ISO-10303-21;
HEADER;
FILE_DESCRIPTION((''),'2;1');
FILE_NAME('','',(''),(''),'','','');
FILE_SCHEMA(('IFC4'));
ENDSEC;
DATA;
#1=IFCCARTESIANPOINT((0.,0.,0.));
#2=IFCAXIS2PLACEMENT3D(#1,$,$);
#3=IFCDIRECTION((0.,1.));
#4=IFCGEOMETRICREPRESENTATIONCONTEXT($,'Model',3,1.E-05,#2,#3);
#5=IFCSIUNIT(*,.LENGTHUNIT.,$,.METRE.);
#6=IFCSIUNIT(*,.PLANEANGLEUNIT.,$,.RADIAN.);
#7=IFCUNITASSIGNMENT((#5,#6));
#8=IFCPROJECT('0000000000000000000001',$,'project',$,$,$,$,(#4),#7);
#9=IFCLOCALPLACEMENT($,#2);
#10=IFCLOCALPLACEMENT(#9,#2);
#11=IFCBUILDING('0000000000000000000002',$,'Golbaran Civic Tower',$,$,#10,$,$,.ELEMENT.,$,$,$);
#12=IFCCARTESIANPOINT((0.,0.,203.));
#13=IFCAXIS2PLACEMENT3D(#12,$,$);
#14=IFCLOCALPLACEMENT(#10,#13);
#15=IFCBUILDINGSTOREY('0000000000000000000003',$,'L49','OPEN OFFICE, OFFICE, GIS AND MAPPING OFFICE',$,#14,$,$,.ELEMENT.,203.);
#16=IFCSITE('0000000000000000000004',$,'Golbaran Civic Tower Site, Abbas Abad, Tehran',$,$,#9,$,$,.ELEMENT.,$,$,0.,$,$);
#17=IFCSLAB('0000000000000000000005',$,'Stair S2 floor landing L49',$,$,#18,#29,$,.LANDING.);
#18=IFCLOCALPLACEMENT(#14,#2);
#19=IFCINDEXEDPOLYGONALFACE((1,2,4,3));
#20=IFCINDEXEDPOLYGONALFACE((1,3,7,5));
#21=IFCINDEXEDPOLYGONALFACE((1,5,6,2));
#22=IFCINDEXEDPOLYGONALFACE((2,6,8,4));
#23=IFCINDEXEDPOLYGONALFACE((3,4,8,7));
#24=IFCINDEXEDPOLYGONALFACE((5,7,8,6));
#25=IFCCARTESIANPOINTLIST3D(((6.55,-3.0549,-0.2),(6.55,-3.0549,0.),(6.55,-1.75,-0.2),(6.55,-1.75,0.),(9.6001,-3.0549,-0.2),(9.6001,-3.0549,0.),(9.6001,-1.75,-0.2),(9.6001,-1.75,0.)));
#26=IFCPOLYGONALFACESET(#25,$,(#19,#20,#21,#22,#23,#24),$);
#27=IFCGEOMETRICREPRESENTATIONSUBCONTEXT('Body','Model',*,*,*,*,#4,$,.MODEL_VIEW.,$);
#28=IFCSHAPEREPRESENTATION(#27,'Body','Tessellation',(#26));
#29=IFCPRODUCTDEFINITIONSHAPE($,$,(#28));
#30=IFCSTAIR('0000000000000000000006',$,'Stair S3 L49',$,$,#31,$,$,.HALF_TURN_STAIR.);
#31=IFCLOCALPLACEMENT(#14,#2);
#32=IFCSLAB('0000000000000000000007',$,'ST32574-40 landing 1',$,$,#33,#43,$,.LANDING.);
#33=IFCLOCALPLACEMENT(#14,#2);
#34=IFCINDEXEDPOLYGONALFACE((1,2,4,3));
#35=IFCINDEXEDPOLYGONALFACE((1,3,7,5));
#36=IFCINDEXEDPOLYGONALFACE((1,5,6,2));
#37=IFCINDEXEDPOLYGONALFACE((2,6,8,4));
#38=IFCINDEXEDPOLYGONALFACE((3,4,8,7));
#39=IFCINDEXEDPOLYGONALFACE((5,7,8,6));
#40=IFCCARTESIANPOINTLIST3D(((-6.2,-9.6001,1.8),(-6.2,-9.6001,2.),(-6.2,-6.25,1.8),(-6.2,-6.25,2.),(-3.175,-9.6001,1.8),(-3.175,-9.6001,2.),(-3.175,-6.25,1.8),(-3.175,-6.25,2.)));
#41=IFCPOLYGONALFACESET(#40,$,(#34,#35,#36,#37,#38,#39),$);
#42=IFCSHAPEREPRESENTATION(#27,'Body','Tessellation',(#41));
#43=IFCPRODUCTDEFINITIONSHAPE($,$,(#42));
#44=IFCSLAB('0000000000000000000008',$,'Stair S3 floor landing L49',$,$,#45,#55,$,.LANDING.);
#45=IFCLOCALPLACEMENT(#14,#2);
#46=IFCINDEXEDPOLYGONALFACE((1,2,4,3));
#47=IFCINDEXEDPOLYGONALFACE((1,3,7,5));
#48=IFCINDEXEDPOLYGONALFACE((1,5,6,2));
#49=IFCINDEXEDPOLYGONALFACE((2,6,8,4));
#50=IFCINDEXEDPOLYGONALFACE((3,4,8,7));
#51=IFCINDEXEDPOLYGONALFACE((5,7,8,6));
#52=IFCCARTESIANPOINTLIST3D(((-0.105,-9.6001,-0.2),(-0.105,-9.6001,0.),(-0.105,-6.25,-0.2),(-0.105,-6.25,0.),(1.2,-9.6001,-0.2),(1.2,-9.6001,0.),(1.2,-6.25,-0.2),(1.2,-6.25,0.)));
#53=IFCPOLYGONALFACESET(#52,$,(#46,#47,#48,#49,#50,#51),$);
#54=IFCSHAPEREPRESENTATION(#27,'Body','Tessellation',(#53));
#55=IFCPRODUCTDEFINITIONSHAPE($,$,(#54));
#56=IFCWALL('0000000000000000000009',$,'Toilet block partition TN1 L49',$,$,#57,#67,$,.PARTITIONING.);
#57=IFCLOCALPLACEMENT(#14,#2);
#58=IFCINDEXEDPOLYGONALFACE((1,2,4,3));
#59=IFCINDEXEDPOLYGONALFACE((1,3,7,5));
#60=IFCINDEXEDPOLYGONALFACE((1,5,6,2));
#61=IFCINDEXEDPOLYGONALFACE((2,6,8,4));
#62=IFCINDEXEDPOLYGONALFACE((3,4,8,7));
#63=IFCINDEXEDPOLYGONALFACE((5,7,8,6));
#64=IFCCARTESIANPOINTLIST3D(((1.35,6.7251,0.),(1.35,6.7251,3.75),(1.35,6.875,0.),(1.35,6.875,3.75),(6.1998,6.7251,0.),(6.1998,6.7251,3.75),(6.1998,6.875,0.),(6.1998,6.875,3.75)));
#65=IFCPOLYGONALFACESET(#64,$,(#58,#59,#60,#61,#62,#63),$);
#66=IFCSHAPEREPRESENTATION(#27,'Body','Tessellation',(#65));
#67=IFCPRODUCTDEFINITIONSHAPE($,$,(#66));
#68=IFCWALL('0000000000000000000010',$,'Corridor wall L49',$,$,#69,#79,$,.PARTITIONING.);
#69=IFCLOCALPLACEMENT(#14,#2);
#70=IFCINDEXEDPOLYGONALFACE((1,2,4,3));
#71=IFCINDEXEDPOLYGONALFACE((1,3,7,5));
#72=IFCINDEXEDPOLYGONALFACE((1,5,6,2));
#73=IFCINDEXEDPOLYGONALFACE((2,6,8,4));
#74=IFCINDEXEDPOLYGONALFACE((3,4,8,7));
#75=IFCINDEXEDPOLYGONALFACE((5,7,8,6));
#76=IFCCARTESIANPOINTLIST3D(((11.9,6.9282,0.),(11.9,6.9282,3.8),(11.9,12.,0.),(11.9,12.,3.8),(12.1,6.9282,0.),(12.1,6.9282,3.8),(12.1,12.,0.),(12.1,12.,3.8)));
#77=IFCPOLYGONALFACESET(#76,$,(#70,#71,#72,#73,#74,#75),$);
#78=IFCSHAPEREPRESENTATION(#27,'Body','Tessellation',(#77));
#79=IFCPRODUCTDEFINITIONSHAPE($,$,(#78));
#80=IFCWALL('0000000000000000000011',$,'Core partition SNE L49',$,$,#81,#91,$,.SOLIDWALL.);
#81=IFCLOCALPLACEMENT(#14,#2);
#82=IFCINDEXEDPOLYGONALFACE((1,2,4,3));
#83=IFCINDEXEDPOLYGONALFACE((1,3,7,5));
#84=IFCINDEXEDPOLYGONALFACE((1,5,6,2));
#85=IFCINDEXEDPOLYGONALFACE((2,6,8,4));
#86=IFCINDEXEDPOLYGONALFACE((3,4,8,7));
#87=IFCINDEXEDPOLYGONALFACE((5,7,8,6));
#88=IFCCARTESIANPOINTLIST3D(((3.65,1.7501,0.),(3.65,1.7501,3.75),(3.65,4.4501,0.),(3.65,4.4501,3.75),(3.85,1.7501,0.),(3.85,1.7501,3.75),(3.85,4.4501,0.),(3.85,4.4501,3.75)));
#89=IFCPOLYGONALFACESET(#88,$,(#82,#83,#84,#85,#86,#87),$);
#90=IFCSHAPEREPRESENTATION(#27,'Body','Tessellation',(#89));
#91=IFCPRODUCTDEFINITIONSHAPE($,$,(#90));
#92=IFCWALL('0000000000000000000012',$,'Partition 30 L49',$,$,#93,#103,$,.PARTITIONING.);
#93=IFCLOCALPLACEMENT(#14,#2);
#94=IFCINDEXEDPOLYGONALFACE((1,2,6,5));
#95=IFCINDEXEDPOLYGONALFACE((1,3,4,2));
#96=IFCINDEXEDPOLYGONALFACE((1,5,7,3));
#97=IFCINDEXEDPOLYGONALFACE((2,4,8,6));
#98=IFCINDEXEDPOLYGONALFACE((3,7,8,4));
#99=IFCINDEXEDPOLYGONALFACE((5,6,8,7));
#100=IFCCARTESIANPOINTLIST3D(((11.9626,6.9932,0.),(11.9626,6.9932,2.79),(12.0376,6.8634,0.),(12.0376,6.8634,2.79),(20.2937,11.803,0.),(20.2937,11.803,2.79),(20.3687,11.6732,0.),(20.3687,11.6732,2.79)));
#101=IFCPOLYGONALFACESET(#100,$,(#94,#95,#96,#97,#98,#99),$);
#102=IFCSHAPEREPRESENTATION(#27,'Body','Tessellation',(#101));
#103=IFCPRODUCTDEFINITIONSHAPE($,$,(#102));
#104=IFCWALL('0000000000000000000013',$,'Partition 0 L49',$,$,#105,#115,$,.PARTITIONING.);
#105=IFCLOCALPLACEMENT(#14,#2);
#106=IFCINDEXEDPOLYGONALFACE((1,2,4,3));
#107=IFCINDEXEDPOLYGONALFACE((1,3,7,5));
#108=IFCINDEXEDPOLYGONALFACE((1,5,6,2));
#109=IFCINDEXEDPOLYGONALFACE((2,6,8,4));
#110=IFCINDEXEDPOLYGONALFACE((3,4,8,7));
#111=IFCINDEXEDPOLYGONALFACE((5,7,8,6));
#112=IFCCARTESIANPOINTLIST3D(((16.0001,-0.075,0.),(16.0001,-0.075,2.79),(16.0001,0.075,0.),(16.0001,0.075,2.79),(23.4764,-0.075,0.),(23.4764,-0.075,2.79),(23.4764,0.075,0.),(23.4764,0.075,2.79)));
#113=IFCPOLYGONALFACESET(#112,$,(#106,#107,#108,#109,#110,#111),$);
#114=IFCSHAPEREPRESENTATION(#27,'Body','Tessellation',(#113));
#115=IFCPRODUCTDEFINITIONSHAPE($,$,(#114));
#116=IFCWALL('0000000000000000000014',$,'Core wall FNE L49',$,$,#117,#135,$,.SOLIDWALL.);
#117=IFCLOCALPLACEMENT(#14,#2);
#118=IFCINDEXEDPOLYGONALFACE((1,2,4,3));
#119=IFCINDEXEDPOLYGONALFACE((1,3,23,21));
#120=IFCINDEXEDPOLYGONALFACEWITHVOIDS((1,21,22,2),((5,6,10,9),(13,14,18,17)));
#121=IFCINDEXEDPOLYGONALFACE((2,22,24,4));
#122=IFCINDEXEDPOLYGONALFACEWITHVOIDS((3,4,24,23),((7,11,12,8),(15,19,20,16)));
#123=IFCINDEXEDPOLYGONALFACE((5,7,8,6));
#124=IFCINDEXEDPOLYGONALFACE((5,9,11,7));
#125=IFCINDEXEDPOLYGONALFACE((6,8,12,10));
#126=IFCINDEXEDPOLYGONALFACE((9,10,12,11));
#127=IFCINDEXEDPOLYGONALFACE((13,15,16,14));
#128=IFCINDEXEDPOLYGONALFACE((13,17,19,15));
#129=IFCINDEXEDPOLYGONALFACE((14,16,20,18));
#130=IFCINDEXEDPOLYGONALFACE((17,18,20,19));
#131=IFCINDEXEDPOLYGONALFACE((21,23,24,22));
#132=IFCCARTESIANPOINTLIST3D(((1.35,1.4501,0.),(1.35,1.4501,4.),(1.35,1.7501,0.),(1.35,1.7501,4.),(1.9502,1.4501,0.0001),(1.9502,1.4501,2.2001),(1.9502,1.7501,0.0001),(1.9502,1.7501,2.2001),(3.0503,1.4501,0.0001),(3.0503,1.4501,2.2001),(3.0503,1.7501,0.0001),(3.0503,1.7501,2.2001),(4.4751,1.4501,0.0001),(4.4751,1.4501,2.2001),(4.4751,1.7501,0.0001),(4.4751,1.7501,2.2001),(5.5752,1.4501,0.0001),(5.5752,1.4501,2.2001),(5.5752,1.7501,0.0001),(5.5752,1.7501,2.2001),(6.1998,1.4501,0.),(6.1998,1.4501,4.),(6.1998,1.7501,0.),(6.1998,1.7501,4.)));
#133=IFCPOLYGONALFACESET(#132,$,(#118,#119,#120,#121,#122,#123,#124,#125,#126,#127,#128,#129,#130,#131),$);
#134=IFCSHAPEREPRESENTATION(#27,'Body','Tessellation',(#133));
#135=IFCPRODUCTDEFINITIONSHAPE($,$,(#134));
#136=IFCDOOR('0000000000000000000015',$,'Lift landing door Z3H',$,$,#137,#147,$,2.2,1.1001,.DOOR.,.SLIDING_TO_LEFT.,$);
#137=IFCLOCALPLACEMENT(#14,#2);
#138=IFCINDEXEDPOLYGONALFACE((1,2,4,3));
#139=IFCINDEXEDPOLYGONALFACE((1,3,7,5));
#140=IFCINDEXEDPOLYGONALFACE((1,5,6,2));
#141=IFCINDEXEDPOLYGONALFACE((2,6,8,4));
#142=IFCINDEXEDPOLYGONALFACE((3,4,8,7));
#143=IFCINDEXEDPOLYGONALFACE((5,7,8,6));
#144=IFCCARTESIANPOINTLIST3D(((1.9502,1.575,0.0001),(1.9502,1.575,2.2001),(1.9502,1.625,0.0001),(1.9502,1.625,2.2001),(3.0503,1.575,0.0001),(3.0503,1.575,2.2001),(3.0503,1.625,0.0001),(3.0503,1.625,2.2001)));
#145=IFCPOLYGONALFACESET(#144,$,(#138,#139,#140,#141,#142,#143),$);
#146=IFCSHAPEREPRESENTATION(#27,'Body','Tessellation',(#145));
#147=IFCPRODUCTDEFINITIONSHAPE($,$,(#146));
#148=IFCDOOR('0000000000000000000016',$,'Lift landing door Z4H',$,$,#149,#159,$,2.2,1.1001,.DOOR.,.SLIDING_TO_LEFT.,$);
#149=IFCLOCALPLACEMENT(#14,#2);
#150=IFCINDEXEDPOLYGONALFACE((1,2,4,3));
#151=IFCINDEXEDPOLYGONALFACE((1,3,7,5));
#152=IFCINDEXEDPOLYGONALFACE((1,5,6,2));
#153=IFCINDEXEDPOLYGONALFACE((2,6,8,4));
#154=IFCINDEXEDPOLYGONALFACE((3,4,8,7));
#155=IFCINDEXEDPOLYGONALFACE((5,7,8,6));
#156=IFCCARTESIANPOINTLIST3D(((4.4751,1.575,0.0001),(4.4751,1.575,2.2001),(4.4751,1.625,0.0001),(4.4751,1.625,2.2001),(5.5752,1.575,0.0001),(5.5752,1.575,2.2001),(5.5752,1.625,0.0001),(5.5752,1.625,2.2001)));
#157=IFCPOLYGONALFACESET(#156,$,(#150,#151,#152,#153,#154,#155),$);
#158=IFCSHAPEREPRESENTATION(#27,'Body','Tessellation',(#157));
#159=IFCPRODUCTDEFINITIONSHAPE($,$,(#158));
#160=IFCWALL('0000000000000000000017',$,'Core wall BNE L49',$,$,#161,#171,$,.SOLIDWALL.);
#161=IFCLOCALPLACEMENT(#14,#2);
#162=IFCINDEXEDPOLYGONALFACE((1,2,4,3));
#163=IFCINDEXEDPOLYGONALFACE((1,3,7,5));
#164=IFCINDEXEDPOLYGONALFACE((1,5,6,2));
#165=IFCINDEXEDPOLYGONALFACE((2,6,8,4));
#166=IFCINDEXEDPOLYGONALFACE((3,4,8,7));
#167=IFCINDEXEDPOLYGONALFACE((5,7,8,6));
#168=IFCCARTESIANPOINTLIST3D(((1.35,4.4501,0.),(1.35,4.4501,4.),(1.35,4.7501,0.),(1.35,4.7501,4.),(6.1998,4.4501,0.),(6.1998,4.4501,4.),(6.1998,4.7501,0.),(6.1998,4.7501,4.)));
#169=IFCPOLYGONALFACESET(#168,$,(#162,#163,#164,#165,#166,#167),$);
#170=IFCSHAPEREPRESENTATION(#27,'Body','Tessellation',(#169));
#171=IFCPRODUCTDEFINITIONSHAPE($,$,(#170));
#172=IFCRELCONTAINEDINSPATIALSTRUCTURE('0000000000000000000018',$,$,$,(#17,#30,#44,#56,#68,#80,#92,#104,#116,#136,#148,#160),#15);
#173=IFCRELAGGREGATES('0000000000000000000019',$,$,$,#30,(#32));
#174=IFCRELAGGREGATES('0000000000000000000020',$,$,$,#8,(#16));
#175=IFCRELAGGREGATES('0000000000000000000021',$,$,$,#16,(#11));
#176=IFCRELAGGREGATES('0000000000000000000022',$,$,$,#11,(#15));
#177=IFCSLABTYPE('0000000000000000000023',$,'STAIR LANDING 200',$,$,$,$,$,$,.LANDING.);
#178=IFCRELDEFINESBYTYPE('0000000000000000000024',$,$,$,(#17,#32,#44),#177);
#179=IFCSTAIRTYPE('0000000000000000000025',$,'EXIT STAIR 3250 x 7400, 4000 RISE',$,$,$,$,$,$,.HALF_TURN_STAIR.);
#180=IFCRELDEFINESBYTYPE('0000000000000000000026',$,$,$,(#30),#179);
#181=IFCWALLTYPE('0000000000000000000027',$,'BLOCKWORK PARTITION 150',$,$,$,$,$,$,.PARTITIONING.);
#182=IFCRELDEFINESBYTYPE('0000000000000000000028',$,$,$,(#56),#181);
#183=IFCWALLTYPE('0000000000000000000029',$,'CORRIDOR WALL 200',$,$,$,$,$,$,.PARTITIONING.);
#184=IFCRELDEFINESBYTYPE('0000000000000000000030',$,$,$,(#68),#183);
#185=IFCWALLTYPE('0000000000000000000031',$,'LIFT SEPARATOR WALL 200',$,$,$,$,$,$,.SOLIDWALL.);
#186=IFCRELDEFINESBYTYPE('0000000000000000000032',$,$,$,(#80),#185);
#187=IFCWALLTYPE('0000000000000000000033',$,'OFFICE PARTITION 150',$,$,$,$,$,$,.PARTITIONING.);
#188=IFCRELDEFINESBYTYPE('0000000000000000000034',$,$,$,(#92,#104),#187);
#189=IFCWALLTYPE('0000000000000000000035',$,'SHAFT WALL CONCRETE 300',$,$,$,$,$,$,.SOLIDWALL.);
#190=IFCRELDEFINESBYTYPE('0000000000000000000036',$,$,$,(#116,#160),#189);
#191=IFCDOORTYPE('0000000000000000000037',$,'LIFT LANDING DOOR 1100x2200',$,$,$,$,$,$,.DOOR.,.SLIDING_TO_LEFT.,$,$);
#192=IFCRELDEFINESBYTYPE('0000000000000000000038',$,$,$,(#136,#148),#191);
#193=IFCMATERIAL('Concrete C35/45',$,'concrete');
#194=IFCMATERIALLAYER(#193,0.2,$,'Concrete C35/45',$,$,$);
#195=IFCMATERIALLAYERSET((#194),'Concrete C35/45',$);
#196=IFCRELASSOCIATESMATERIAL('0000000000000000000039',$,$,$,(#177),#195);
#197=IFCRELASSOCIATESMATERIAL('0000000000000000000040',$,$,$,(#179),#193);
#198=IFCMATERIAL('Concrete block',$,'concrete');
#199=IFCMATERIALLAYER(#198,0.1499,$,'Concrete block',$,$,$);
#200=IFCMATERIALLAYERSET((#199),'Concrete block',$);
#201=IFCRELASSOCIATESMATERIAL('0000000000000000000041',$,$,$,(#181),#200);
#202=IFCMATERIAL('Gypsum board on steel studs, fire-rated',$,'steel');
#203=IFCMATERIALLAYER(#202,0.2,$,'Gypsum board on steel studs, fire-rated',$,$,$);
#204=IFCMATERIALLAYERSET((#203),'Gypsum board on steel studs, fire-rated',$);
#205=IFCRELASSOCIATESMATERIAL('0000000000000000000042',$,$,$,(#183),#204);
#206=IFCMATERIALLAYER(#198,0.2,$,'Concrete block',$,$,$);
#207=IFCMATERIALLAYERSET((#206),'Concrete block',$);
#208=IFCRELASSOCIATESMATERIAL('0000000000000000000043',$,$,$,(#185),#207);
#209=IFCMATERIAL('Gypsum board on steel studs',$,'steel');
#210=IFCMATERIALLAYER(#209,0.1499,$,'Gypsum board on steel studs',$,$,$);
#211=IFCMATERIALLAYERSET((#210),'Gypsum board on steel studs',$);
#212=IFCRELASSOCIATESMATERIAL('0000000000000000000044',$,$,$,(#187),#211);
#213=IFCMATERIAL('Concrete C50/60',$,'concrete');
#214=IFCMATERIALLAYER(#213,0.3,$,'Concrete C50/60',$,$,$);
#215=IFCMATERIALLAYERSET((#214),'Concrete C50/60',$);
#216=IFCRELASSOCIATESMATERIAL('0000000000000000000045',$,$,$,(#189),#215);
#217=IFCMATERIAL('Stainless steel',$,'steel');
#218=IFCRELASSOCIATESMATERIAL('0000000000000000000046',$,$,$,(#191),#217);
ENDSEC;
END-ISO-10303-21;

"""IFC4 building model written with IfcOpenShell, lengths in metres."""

from ifc_helpers import new_model, si_unit, direction, frame, frame_2d, origin, place, context, subcontext, project, spatial, polyline, rectangle, outline, extrude, material, layer, layer_set, type_object, element, fill, aggregate, save


model = new_model("IFC4")

# Units and contexts
model_context = context("Model", 3, precision=1e-05, world=origin(), true_north=direction((0.0, 1.0)))
body_context = subcontext(model_context, "Body", "Model", "MODEL_VIEW")
ifc_project = project(units=[si_unit("LENGTHUNIT", "METRE"), si_unit("PLANEANGLEUNIT", "RADIAN")], contexts=[model_context])

# Site, building, storey
site_placement = place(None, origin())
site = spatial("IfcSite", under=ifc_project, at=site_placement, Name="Golbaran Civic Tower Site, Abbas Abad, Tehran", CompositionType="ELEMENT", RefElevation=0.0)
building_placement = place(site_placement, origin())
building = spatial("IfcBuilding", under=site, at=building_placement, Name="Golbaran Civic Tower", CompositionType="ELEMENT")
storey_placement = place(building_placement, frame((0.0, 0.0, 203.0)))
storey = spatial("IfcBuildingStorey", under=building, at=storey_placement, Name="L49", Description="OPEN OFFICE, OFFICE, GIS AND MAPPING OFFICE", CompositionType="ELEMENT", Elevation=203.0)

# Slab
ifc_material_1 = material(Name="Concrete C35/45", Category="concrete")
ifc_layer_1 = layer(ifc_material_1, 0.2, Name="Concrete C35/45")
ifc_layer_set_1 = layer_set([ifc_layer_1], Name="Concrete C35/45")
slab_type = type_object("IfcSlabType", Name="STAIR LANDING 200", PredefinedType="LANDING", material=ifc_layer_set_1)
slab_1_placement = place(storey_placement, frame((0.0, 0.0, -0.2)))
element("IfcSlab", 1, at=slab_1_placement, inside=storey, type_object=slab_type, Name="Stair S2 floor landing L49", PredefinedType="LANDING", context=body_context, shape_type="SweptSolid", body=[
    extrude(outline(polyline([(9.6001, -1.75), (9.6001, -3.0549), (6.55, -3.0549), (6.55, -1.75), (9.6001, -1.75)])), origin(), (0.0, 0.0, 1.0), 0.2),
])

# Stair, slab
stair_type = type_object("IfcStairType", Name="EXIT STAIR 3250 x 7400, 4000 RISE", PredefinedType="HALF_TURN_STAIR", material=ifc_material_1)
stair_placement = place(storey_placement, origin())
stair = element("IfcStair", 2, at=stair_placement, inside=storey, type_object=stair_type, Name="Stair S3 L49", PredefinedType="HALF_TURN_STAIR")
slab_2_placement = place(storey_placement, frame((0.0, 0.0, 1.8)))
slab_2 = element("IfcSlab", 3, at=slab_2_placement, type_object=slab_type, Name="ST32574-40 landing 1", PredefinedType="LANDING", context=body_context, shape_type="SweptSolid", body=[
    extrude(outline(polyline([(-3.175, -9.6001), (-6.2, -9.6001), (-6.2, -6.25), (-3.175, -6.25), (-3.175, -9.6001)])), origin(), (0.0, 0.0, 1.0), 0.2),
])
aggregate(stair, [slab_2])

# Slab
slab_3_placement = place(storey_placement, frame((0.0, 0.0, -0.2)))
element("IfcSlab", 4, at=slab_3_placement, inside=storey, type_object=slab_type, Name="Stair S3 floor landing L49", PredefinedType="LANDING", context=body_context, shape_type="SweptSolid", body=[
    extrude(outline(polyline([(1.2, -9.6001), (-0.105, -9.6001), (-0.105, -6.25), (1.2, -6.25), (1.2, -9.6001)])), origin(), (0.0, 0.0, 1.0), 0.2),
])

# Walls
ifc_material_2 = material(Name="Concrete block", Category="concrete")
ifc_layer_2 = layer(ifc_material_2, 0.1499, Name="Concrete block")
ifc_layer_set_2 = layer_set([ifc_layer_2], Name="Concrete block")
wall_type_1 = type_object("IfcWallType", Name="BLOCKWORK PARTITION 150", PredefinedType="PARTITIONING", material=ifc_layer_set_2)
wall_1_placement = place(storey_placement, frame((1.3501, 6.8, 0.0), z_axis=(0.0, 0.0, 1.0), x_axis=(1.0, 0.0, 0.0)))
element("IfcWall", 5, at=wall_1_placement, inside=storey, type_object=wall_type_1, Name="Toilet block partition TN1 L49", PredefinedType="PARTITIONING", context=body_context, shape_type="SweptSolid", body=[
    extrude(rectangle(XDim=4.8499, YDim=0.1499, at=frame_2d((2.4248, 0.0))), origin(), (0.0, 0.0, 1.0), 3.75),
])
ifc_material_3 = material(Name="Gypsum board on steel studs, fire-rated", Category="steel")
ifc_layer_3 = layer(ifc_material_3, 0.2, Name="Gypsum board on steel studs, fire-rated")
ifc_layer_set_3 = layer_set([ifc_layer_3], Name="Gypsum board on steel studs, fire-rated")
wall_type_2 = type_object("IfcWallType", Name="CORRIDOR WALL 200", PredefinedType="PARTITIONING", material=ifc_layer_set_3)
wall_2_placement = place(storey_placement, frame((12.0, 6.9282, 0.0), z_axis=(0.0, 0.0, 1.0), x_axis=(0.0, 1.0, 0.0)))
element("IfcWall", 6, at=wall_2_placement, inside=storey, type_object=wall_type_2, Name="Corridor wall L49", PredefinedType="PARTITIONING", context=body_context, shape_type="SweptSolid", body=[
    extrude(rectangle(XDim=5.0718, YDim=0.2, at=frame_2d((2.5359, 0.0))), origin(), (0.0, 0.0, 1.0), 3.8),
])
ifc_layer_4 = layer(ifc_material_2, 0.2, Name="Concrete block")
ifc_layer_set_4 = layer_set([ifc_layer_4], Name="Concrete block")
wall_type_3 = type_object("IfcWallType", Name="LIFT SEPARATOR WALL 200", PredefinedType="SOLIDWALL", material=ifc_layer_set_4)
wall_3_placement = place(storey_placement, frame((3.75, 1.75, 0.0), z_axis=(0.0, 0.0, 1.0), x_axis=(0.0, 1.0, 0.0)))
element("IfcWall", 7, at=wall_3_placement, inside=storey, type_object=wall_type_3, Name="Core partition SNE L49", PredefinedType="SOLIDWALL", context=body_context, shape_type="SweptSolid", body=[
    extrude(rectangle(XDim=2.7, YDim=0.2, at=frame_2d((1.3501, 0.0))), origin(), (0.0, 0.0, 1.0), 3.75),
])
ifc_material_4 = material(Name="Gypsum board on steel studs", Category="steel")
ifc_layer_5 = layer(ifc_material_4, 0.1499, Name="Gypsum board on steel studs")
ifc_layer_set_5 = layer_set([ifc_layer_5], Name="Gypsum board on steel studs")
wall_type_4 = type_object("IfcWallType", Name="OFFICE PARTITION 150", PredefinedType="PARTITIONING", material=ifc_layer_set_5)
wall_4_placement = place(storey_placement, frame((12.0, 6.9282, 0.0), z_axis=(0.0, 0.0, 1.0), x_axis=(0.866031, 0.49999, 0.0)))
element("IfcWall", 8, at=wall_4_placement, inside=storey, type_object=wall_type_4, Name="Partition 30 L49", PredefinedType="PARTITIONING", context=body_context, shape_type="SweptSolid", body=[
    extrude(rectangle(XDim=9.6199, YDim=0.1499, at=frame_2d((4.8101, 0.0))), origin(), (0.0, 0.0, 1.0), 2.79),
])
wall_5_placement = place(storey_placement, frame((16.0, 0.0, 0.0), z_axis=(0.0, 0.0, 1.0), x_axis=(1.0, 0.0, 0.0)))
element("IfcWall", 9, at=wall_5_placement, inside=storey, type_object=wall_type_4, Name="Partition 0 L49", PredefinedType="PARTITIONING", context=body_context, shape_type="SweptSolid", body=[
    extrude(rectangle(XDim=7.4763, YDim=0.1499, at=frame_2d((3.7383, 0.0))), origin(), (0.0, 0.0, 1.0), 2.79),
])

# Wall, openings, doors
ifc_material_5 = material(Name="Concrete C50/60", Category="concrete")
ifc_layer_6 = layer(ifc_material_5, 0.3, Name="Concrete C50/60")
ifc_layer_set_6 = layer_set([ifc_layer_6], Name="Concrete C50/60")
wall_type_5 = type_object("IfcWallType", Name="SHAFT WALL CONCRETE 300", PredefinedType="SOLIDWALL", material=ifc_layer_set_6)
wall_6_placement = place(storey_placement, frame((1.3501, 1.6001, 0.0), z_axis=(0.0, 0.0, 1.0), x_axis=(1.0, 0.0, 0.0)))
wall_6 = element("IfcWall", 10, at=wall_6_placement, inside=storey, type_object=wall_type_5, Name="Core wall FNE L49", PredefinedType="SOLIDWALL", context=body_context, shape_type="SweptSolid", body=[
    extrude(rectangle(XDim=4.8499, YDim=0.3, at=frame_2d((2.4248, 0.0))), origin(), (0.0, 0.0, 1.0), 4.0),
])
opening_1_placement = place(wall_6_placement, frame((0.6001, 0.0, 0.0)))
opening_1 = element("IfcOpeningElement", 11, at=opening_1_placement, cuts=wall_6, PredefinedType="OPENING", context=body_context, shape_type="SweptSolid", body=[
    extrude(rectangle(XDim=1.1001, YDim=2.2, at=frame_2d((0.55, 1.1001))), frame((0.0, 0.1599, 0.0), z_axis=(0.0, -1.0, 0.0), x_axis=(1.0, 0.0, 0.0)), (0.0, 0.0, 1.0), 0.3201),
])
opening_2_placement = place(wall_6_placement, frame((3.125, 0.0, 0.0)))
opening_2 = element("IfcOpeningElement", 12, at=opening_2_placement, cuts=wall_6, PredefinedType="OPENING", context=body_context, shape_type="SweptSolid", body=[
    extrude(rectangle(XDim=1.1001, YDim=2.2, at=frame_2d((0.55, 1.1001))), frame((0.0, 0.1599, 0.0), z_axis=(0.0, -1.0, 0.0), x_axis=(1.0, 0.0, 0.0)), (0.0, 0.0, 1.0), 0.3201),
])
ifc_material_6 = material(Name="Stainless steel", Category="steel")
door_type_1 = type_object("IfcDoorType", Name="LIFT LANDING DOOR 1100x2200", OperationType="SLIDING_TO_LEFT", PredefinedType="DOOR", material=ifc_material_6)
door_1_placement = place(opening_1_placement, origin())
door_1 = element("IfcDoor", 13, at=door_1_placement, inside=storey, type_object=door_type_1, Name="Lift landing door Z3H", OperationType="SLIDING_TO_LEFT", OverallHeight=2.2, OverallWidth=1.1001, PredefinedType="DOOR", context=body_context, shape_type="SweptSolid", body=[
    extrude(rectangle(XDim=1.1001, YDim=2.2, at=frame_2d((0.55, 1.1001))), frame((0.0, 0.0249, 0.0), z_axis=(0.0, -1.0, 0.0), x_axis=(1.0, 0.0, 0.0)), (0.0, 0.0, 1.0), 0.05),
])
fill(opening_1, door_1)
door_2_placement = place(opening_2_placement, origin())
door_2 = element("IfcDoor", 14, at=door_2_placement, inside=storey, type_object=door_type_1, Name="Lift landing door Z4H", OperationType="SLIDING_TO_LEFT", OverallHeight=2.2, OverallWidth=1.1001, PredefinedType="DOOR", context=body_context, shape_type="SweptSolid", body=[
    extrude(rectangle(XDim=1.1001, YDim=2.2, at=frame_2d((0.55, 1.1001))), frame((0.0, 0.0249, 0.0), z_axis=(0.0, -1.0, 0.0), x_axis=(1.0, 0.0, 0.0)), (0.0, 0.0, 1.0), 0.05),
])
fill(opening_2, door_2)

# Wall
wall_7_placement = place(storey_placement, frame((1.3501, 4.6001, 0.0), z_axis=(0.0, 0.0, 1.0), x_axis=(1.0, 0.0, 0.0)))
element("IfcWall", 15, at=wall_7_placement, inside=storey, type_object=wall_type_5, Name="Core wall BNE L49", PredefinedType="SOLIDWALL", context=body_context, shape_type="SweptSolid", body=[
    extrude(rectangle(XDim=4.8499, YDim=0.3, at=frame_2d((2.4248, 0.0))), origin(), (0.0, 0.0, 1.0), 4.0),
])

save(model, "model.ifc")
